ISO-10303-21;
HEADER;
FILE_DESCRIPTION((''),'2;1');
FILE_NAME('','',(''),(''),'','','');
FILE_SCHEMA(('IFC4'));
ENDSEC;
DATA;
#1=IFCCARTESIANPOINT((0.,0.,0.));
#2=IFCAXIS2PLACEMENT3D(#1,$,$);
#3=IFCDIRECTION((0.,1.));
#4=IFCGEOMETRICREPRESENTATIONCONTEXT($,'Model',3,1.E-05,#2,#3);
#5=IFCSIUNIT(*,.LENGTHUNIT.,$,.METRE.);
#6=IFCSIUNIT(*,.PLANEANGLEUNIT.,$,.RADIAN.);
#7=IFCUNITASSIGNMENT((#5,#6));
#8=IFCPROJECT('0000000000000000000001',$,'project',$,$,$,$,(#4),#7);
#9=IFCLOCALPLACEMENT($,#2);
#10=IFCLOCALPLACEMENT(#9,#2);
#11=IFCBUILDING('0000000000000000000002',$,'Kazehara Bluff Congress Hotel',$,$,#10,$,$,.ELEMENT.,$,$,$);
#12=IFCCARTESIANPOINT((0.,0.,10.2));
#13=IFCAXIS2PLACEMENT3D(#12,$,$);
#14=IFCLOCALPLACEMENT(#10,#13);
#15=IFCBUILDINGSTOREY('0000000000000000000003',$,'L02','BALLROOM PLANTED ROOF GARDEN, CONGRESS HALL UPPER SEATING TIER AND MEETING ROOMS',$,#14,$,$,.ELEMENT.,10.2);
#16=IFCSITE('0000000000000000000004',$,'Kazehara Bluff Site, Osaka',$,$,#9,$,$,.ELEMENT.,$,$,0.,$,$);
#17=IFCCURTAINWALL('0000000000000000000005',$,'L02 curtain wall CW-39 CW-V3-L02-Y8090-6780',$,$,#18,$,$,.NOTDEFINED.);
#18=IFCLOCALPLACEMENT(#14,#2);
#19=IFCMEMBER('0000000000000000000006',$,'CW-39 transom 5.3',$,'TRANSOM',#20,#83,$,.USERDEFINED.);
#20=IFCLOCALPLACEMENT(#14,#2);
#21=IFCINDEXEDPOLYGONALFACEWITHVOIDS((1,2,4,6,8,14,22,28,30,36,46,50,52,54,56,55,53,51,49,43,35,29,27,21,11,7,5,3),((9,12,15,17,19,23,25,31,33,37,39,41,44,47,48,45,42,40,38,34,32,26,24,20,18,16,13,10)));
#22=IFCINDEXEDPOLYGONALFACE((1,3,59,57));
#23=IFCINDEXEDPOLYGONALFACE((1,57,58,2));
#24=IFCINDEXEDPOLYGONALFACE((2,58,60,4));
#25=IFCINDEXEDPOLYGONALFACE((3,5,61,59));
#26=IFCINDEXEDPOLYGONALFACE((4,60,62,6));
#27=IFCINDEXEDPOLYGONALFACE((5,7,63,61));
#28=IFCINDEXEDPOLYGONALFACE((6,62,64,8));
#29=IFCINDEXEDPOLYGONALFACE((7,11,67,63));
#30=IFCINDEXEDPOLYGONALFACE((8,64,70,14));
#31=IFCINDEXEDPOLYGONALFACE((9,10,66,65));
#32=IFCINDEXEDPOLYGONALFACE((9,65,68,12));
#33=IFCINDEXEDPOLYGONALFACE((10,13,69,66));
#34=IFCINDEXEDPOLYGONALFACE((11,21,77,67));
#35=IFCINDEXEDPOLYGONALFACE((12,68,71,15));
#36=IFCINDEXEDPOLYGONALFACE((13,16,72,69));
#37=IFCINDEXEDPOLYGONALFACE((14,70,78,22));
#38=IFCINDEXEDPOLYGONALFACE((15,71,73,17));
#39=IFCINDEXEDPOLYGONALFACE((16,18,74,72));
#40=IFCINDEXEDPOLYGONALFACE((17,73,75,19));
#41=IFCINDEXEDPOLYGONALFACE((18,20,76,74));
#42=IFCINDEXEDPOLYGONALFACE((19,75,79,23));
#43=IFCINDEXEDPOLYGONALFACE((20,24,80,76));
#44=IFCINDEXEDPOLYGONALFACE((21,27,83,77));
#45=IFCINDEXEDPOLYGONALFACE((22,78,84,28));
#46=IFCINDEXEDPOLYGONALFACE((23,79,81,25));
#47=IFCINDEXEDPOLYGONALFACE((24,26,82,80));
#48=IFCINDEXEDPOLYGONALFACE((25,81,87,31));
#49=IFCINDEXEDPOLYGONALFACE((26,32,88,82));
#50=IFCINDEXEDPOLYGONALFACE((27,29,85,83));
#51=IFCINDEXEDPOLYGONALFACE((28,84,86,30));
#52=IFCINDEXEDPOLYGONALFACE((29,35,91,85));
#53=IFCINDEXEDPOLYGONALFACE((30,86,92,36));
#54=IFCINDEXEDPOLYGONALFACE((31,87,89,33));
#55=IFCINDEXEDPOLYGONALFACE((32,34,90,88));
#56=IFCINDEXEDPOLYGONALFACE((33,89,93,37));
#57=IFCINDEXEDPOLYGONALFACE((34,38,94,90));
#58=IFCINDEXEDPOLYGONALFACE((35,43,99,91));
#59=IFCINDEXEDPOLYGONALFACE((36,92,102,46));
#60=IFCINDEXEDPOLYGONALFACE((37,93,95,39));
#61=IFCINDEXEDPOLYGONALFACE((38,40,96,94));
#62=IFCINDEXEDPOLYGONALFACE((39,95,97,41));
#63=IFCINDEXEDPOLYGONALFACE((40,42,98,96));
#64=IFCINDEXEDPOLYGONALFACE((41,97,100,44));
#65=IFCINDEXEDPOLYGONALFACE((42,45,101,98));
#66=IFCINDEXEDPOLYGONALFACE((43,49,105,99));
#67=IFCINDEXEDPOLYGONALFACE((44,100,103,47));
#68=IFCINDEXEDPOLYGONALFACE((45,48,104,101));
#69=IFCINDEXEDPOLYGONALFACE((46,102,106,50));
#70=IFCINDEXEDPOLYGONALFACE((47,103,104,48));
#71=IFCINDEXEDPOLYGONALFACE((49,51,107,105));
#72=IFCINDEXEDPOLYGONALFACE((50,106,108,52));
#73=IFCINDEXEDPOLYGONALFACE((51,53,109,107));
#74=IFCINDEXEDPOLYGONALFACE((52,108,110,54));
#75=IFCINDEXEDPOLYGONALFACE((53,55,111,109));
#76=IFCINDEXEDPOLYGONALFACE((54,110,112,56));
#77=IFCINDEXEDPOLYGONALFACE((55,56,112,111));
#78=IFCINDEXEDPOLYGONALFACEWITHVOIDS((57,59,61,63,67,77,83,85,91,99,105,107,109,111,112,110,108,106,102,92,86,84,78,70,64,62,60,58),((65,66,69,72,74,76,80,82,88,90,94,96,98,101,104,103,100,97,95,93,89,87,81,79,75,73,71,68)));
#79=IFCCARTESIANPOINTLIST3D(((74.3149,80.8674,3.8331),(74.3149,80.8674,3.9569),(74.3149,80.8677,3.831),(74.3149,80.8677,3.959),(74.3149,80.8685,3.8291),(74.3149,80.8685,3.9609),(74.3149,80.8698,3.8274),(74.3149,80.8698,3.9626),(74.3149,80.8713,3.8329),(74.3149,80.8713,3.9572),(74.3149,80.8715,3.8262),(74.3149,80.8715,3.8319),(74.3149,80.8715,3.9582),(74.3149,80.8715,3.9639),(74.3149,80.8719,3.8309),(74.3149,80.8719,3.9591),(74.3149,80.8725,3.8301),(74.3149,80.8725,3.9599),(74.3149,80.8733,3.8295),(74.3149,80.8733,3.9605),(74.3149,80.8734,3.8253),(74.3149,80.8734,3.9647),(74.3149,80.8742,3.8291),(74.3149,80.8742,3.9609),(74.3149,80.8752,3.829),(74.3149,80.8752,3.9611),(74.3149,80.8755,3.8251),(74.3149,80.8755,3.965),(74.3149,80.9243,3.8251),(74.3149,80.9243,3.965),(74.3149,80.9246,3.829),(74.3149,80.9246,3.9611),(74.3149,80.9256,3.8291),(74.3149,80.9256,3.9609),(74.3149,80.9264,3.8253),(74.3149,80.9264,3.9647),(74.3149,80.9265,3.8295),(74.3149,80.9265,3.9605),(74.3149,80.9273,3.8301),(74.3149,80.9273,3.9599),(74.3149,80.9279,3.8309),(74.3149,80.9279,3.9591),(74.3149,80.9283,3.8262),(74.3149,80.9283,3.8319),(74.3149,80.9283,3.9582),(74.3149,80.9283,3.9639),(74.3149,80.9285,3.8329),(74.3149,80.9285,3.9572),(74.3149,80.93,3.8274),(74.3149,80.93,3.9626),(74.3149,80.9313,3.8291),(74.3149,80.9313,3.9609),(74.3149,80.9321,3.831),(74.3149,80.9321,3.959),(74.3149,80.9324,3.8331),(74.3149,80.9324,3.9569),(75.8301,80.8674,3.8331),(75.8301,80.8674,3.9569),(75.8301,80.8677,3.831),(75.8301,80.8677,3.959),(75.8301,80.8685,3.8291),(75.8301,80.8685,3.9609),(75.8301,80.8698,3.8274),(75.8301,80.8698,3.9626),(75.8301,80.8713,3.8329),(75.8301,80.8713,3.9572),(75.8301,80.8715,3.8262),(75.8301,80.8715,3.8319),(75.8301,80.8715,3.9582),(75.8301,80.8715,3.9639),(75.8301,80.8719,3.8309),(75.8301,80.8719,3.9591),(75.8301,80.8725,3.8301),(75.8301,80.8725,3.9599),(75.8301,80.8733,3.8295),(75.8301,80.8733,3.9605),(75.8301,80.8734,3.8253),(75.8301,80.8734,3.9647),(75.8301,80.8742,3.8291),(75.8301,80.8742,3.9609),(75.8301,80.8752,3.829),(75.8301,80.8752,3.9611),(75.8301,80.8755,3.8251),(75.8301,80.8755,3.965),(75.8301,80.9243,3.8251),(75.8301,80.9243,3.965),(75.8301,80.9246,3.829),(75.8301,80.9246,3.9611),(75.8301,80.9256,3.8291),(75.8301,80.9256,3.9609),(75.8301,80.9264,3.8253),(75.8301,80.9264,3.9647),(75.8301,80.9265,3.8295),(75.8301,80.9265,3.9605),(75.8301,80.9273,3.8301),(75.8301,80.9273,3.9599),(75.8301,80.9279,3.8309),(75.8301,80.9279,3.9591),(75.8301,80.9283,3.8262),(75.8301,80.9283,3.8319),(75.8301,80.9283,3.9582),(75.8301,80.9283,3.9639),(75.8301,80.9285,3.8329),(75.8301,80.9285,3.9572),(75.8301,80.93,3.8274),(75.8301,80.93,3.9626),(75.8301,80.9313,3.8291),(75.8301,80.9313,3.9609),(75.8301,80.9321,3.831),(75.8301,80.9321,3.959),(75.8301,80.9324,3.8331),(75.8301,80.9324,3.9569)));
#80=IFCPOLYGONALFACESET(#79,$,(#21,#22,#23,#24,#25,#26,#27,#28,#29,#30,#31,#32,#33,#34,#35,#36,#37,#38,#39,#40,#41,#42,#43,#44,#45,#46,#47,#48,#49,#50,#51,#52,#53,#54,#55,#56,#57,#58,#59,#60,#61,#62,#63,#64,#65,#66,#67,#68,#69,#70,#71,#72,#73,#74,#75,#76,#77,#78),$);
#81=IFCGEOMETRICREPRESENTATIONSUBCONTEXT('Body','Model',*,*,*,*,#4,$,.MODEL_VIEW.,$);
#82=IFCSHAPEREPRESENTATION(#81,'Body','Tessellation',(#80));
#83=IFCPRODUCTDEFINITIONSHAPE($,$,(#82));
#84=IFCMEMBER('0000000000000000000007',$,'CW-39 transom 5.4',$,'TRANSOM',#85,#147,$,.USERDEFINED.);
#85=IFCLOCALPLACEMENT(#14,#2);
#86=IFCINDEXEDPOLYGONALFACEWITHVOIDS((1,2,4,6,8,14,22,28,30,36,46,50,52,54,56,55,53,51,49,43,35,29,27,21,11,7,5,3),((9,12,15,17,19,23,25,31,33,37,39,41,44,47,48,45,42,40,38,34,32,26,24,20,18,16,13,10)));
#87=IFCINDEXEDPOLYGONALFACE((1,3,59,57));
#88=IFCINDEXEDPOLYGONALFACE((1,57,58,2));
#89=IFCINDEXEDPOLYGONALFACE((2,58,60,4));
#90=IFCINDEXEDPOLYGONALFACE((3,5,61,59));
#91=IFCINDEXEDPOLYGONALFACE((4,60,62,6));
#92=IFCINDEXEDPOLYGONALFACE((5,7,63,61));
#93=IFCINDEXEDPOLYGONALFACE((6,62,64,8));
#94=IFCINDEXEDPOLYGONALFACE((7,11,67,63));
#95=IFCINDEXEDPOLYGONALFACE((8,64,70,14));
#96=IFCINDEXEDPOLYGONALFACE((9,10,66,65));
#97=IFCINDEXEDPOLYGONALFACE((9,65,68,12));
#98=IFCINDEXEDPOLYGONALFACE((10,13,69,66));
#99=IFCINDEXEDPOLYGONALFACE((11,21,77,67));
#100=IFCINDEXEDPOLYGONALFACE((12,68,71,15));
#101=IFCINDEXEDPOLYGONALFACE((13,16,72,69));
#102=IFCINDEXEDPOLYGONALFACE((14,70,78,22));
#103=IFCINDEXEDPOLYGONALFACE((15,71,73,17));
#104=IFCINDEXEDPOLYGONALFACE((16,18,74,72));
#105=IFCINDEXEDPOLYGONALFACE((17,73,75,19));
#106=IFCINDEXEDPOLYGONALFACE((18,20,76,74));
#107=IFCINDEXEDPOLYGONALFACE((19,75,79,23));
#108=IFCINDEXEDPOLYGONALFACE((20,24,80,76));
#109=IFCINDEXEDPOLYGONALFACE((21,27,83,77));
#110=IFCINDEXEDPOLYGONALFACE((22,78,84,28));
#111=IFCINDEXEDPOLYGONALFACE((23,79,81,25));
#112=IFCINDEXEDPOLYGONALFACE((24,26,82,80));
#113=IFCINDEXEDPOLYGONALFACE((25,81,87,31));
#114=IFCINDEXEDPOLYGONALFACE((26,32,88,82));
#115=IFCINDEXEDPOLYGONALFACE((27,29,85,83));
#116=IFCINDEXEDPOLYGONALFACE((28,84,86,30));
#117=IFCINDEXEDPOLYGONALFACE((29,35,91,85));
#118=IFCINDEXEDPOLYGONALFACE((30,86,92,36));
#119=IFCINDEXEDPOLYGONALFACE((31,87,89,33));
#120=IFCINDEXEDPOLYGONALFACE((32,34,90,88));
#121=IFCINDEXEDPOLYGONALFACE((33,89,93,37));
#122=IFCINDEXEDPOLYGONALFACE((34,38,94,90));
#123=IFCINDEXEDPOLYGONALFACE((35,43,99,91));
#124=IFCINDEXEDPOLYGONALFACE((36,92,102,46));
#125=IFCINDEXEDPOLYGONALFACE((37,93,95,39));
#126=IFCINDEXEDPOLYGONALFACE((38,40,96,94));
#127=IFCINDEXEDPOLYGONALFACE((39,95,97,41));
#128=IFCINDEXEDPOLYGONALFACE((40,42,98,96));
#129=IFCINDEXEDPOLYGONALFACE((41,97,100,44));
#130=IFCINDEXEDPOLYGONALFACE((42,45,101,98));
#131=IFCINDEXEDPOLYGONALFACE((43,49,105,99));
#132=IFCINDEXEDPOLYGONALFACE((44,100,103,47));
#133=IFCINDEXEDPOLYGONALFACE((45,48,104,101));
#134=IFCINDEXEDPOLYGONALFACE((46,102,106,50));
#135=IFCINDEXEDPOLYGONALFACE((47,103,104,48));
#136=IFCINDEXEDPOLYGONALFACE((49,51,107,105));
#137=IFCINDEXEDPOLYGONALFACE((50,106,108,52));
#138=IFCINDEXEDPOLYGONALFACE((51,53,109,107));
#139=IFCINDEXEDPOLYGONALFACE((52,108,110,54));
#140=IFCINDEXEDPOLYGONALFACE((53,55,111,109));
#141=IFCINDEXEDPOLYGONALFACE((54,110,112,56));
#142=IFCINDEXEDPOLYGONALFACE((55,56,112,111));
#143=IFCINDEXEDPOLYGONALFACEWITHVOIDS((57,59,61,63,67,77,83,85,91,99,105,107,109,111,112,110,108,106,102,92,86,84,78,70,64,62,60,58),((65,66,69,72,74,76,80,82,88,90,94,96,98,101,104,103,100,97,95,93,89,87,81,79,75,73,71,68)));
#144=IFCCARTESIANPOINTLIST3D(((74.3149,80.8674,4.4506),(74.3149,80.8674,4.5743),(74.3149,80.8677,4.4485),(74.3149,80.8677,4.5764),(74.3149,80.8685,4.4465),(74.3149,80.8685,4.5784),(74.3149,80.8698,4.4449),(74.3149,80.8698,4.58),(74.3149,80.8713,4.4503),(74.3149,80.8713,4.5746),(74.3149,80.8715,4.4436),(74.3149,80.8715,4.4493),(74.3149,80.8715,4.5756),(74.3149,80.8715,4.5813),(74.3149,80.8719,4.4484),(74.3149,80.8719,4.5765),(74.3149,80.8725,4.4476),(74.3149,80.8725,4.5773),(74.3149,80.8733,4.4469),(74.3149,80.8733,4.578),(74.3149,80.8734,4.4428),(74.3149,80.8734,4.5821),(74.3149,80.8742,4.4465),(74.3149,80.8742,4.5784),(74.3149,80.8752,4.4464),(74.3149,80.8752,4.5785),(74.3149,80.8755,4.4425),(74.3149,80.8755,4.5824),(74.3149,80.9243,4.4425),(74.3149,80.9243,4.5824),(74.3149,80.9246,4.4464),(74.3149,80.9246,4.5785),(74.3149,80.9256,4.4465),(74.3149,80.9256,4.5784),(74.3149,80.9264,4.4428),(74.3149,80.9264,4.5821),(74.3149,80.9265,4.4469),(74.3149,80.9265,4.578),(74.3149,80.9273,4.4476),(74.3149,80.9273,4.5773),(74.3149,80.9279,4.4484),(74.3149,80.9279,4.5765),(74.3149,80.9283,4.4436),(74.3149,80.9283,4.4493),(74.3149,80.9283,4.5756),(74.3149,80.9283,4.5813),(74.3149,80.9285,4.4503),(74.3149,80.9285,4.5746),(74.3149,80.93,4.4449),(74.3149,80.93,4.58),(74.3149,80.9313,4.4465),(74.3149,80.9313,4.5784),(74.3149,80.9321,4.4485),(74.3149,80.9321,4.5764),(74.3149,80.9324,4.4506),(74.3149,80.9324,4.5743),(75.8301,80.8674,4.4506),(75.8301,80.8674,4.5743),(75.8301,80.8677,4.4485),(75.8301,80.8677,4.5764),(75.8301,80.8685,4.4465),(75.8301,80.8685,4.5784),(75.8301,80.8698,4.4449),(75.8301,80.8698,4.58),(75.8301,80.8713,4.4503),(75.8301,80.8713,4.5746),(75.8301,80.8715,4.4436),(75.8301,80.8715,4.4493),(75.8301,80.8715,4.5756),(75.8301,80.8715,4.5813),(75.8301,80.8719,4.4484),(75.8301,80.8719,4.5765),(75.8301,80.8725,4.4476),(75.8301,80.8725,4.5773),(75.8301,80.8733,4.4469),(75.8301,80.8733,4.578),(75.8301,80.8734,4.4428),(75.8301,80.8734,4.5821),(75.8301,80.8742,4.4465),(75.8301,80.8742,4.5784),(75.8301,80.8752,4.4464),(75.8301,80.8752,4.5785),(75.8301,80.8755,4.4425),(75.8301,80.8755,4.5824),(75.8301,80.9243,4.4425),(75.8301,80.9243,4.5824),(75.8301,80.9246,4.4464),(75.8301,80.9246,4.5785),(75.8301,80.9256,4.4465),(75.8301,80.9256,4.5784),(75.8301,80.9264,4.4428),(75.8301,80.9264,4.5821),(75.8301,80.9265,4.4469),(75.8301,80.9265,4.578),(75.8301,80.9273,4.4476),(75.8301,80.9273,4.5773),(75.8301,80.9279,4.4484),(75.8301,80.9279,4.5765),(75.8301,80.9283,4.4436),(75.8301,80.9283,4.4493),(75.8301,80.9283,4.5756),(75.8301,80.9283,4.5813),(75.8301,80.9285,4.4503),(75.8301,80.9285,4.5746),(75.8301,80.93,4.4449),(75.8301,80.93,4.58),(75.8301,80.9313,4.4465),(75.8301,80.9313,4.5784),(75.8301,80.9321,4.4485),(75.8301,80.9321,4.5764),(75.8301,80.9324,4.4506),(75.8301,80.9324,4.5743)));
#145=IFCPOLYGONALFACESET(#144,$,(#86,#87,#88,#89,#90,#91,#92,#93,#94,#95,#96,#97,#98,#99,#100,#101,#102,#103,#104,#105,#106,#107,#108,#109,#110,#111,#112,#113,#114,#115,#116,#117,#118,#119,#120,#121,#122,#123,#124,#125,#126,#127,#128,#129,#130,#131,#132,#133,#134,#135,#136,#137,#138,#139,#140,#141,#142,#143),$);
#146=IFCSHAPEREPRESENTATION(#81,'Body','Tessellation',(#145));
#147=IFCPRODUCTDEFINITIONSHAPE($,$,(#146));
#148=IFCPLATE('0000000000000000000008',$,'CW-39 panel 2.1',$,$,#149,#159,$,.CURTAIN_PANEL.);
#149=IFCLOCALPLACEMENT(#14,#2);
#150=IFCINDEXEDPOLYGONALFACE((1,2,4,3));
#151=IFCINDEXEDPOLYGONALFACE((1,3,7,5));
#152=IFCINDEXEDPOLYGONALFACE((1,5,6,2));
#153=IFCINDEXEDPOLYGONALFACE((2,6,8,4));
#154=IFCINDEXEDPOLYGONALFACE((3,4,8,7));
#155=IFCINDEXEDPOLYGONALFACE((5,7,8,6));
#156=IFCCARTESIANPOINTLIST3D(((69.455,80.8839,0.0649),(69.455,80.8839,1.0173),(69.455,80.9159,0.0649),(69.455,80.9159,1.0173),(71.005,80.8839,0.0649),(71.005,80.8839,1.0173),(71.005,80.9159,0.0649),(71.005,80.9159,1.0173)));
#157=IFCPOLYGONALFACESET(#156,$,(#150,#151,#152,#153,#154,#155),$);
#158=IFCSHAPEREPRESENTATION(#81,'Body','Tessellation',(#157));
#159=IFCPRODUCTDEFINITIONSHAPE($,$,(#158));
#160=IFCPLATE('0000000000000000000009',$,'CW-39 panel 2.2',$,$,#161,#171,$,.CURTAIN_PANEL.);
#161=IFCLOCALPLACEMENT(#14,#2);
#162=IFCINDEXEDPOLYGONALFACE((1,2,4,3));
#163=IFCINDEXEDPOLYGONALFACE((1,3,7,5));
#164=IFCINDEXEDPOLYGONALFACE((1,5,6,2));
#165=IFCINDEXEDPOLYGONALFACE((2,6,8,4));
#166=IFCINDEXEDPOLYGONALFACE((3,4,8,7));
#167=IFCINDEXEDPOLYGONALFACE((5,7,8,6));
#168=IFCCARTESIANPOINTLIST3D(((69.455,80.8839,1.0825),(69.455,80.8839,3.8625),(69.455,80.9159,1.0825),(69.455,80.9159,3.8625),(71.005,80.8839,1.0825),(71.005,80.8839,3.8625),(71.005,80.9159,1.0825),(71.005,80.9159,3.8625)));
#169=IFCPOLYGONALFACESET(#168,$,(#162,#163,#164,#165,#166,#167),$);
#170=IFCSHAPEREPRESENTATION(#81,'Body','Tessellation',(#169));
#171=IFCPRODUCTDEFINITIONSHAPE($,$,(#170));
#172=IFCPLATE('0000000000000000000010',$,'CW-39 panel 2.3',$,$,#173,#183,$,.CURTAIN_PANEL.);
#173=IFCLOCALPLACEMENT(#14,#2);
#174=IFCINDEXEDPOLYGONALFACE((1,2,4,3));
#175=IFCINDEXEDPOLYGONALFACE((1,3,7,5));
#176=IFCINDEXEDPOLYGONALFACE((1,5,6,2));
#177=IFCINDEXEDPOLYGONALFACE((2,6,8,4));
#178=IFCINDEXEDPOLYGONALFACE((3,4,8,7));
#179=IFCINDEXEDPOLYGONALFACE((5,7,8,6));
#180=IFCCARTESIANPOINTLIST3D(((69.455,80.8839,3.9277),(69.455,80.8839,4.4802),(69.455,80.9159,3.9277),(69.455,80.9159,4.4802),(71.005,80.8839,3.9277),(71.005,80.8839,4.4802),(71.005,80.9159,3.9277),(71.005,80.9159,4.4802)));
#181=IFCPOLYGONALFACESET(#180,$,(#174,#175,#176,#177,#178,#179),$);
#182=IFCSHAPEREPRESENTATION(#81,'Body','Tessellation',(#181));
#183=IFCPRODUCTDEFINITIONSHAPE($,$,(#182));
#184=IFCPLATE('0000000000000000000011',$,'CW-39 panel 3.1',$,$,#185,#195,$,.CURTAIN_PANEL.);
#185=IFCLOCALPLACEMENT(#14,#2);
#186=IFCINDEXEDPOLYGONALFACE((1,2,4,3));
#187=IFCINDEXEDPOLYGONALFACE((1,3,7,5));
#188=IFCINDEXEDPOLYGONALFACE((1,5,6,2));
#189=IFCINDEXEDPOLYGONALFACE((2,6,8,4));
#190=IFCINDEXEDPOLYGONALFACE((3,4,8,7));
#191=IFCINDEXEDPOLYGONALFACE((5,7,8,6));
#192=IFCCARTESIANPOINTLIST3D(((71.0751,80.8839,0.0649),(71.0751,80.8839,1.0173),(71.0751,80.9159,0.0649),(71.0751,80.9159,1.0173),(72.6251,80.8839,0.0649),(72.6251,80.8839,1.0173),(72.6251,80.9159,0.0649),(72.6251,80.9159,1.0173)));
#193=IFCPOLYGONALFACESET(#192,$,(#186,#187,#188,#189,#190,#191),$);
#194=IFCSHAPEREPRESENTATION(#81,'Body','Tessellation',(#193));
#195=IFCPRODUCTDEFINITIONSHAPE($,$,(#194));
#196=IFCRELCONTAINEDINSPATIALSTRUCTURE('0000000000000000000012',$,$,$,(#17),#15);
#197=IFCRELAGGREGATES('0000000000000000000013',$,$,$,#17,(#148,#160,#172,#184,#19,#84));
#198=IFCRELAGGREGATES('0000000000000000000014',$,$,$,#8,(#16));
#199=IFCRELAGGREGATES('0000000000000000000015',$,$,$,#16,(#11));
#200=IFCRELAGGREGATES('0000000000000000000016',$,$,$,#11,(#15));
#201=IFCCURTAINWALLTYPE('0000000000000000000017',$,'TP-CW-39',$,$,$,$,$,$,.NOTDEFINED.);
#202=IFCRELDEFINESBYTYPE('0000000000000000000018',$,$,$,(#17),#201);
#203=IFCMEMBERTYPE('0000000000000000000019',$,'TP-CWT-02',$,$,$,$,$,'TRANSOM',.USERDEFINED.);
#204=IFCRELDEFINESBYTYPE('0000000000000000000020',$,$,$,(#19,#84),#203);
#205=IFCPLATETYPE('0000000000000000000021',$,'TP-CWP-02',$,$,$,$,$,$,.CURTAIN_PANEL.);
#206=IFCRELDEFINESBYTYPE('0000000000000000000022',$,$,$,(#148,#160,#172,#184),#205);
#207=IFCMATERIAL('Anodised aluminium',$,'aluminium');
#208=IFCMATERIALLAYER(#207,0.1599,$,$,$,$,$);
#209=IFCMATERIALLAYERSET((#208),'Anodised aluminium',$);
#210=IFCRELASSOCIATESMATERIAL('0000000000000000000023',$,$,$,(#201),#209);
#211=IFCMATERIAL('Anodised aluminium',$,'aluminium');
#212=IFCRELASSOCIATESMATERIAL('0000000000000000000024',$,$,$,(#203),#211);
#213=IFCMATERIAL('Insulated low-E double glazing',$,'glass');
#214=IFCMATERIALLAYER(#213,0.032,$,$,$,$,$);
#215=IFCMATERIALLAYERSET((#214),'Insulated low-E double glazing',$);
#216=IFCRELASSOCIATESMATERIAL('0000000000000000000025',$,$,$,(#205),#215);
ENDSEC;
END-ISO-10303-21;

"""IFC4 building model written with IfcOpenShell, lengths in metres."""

from ifc_helpers import new_model, si_unit, direction, frame, origin, origin_2d, place, context, subcontext, project, spatial, rectangle, hollow_rectangle, extrude, material, layer, layer_set, material_profile, profile_set, type_object, element, aggregate, save


model = new_model("IFC4")

# Units and contexts
model_context = context("Model", 3, precision=1e-05, world=origin(), true_north=direction((0.0, 1.0)))
body_context = subcontext(model_context, "Body", "Model", "MODEL_VIEW")
ifc_project = project(units=[si_unit("LENGTHUNIT", "METRE"), si_unit("PLANEANGLEUNIT", "RADIAN")], contexts=[model_context])

# Site, building, storey
site_placement = place(None, origin())
site = spatial("IfcSite", under=ifc_project, at=site_placement, Name="Kazehara Bluff Site, Osaka", CompositionType="ELEMENT", RefElevation=0.0)
building_placement = place(site_placement, origin())
building = spatial("IfcBuilding", under=site, at=building_placement, Name="Kazehara Bluff Congress Hotel", CompositionType="ELEMENT")
storey_placement = place(building_placement, frame((0.0, 0.0, 10.2)))
storey = spatial("IfcBuildingStorey", under=building, at=storey_placement, Name="L02", Description="BALLROOM PLANTED ROOF GARDEN, CONGRESS HALL UPPER SEATING TIER AND MEETING ROOMS", CompositionType="ELEMENT", Elevation=10.2)

# Curtain wall, members, plates
ifc_material_1 = material(Name="Anodised aluminium", Category="aluminium")
ifc_layer_1 = layer(ifc_material_1, 0.1599)
ifc_layer_set_1 = layer_set([ifc_layer_1], Name="Anodised aluminium")
curtain_wall_type = type_object("IfcCurtainWallType", Name="TP-CW-39", PredefinedType="NOTDEFINED", material=ifc_layer_set_1)
curtain_wall_placement = place(storey_placement, origin())
curtain_wall = element("IfcCurtainWall", 1, at=curtain_wall_placement, inside=storey, type_object=curtain_wall_type, Name="L02 curtain wall CW-39 CW-V3-L02-Y8090-6780", PredefinedType="NOTDEFINED")
ifc_material_2 = material(Name="Anodised aluminium", Category="aluminium")
ifc_material_profile_1 = material_profile(ifc_material_2, hollow_rectangle(XDim=0.0649, YDim=0.1399, WallThickness=0.0039, InnerFilletRadius=0.0039, OuterFilletRadius=0.0081, at=origin_2d()))
ifc_profile_set_1 = profile_set([ifc_material_profile_1], Name="Anodised aluminium")
member_type_1 = type_object("IfcMemberType", Name="TP-CWT-02", ElementType="TRANSOM", PredefinedType="USERDEFINED", material=ifc_profile_set_1)
member_1_placement = place(storey_placement, frame((74.3149, 80.8999, 3.895), z_axis=(1.0, 0.0, 0.0), x_axis=(0.0, 1.0, 0.0)))
member_1 = element("IfcMember", 2, at=member_1_placement, type_object=member_type_1, Name="CW-39 transom 5.3", ObjectType="TRANSOM", PredefinedType="USERDEFINED", context=body_context, shape_type="SweptSolid", body=[
    extrude(hollow_rectangle(XDim=0.0649, YDim=0.1399, WallThickness=0.0039, InnerFilletRadius=0.0039, OuterFilletRadius=0.0081, at=origin_2d()), origin(), (0.0, 0.0, 1.0), 1.5151),
])
member_2_placement = place(storey_placement, frame((74.3149, 80.8999, 4.5125), z_axis=(1.0, 0.0, 0.0), x_axis=(0.0, 1.0, 0.0)))
member_2 = element("IfcMember", 3, at=member_2_placement, type_object=member_type_1, Name="CW-39 transom 5.4", ObjectType="TRANSOM", PredefinedType="USERDEFINED", context=body_context, shape_type="SweptSolid", body=[
    extrude(hollow_rectangle(XDim=0.0649, YDim=0.1399, WallThickness=0.0039, InnerFilletRadius=0.0039, OuterFilletRadius=0.0081, at=origin_2d()), origin(), (0.0, 0.0, 1.0), 1.5151),
])
ifc_material_3 = material(Name="Insulated low-E double glazing", Category="glass")
ifc_layer_2 = layer(ifc_material_3, 0.032)
ifc_layer_set_2 = layer_set([ifc_layer_2], Name="Insulated low-E double glazing")
plate_type = type_object("IfcPlateType", Name="TP-CWP-02", PredefinedType="CURTAIN_PANEL", material=ifc_layer_set_2)
plate_1_placement = place(storey_placement, frame((70.23, 80.8999, 0.0649), z_axis=(0.0, 0.0, 1.0), x_axis=(1.0, 0.0, 0.0)))
plate_1 = element("IfcPlate", 4, at=plate_1_placement, type_object=plate_type, Name="CW-39 panel 2.1", PredefinedType="CURTAIN_PANEL", context=body_context, shape_type="SweptSolid", body=[
    extrude(rectangle(XDim=1.55, YDim=0.032, at=origin_2d()), origin(), (0.0, 0.0, 1.0), 0.9524),
])
plate_2_placement = place(storey_placement, frame((70.23, 80.8999, 1.0825), z_axis=(0.0, 0.0, 1.0), x_axis=(1.0, 0.0, 0.0)))
plate_2 = element("IfcPlate", 5, at=plate_2_placement, type_object=plate_type, Name="CW-39 panel 2.2", PredefinedType="CURTAIN_PANEL", context=body_context, shape_type="SweptSolid", body=[
    extrude(rectangle(XDim=1.55, YDim=0.032, at=origin_2d()), origin(), (0.0, 0.0, 1.0), 2.78),
])
plate_3_placement = place(storey_placement, frame((70.23, 80.8999, 3.9277), z_axis=(0.0, 0.0, 1.0), x_axis=(1.0, 0.0, 0.0)))
plate_3 = element("IfcPlate", 6, at=plate_3_placement, type_object=plate_type, Name="CW-39 panel 2.3", PredefinedType="CURTAIN_PANEL", context=body_context, shape_type="SweptSolid", body=[
    extrude(rectangle(XDim=1.55, YDim=0.032, at=origin_2d()), origin(), (0.0, 0.0, 1.0), 0.5525),
])
plate_4_placement = place(storey_placement, frame((71.8501, 80.8999, 0.0649), z_axis=(0.0, 0.0, 1.0), x_axis=(1.0, 0.0, 0.0)))
plate_4 = element("IfcPlate", 7, at=plate_4_placement, type_object=plate_type, Name="CW-39 panel 3.1", PredefinedType="CURTAIN_PANEL", context=body_context, shape_type="SweptSolid", body=[
    extrude(rectangle(XDim=1.55, YDim=0.032, at=origin_2d()), origin(), (0.0, 0.0, 1.0), 0.9524),
])
aggregate(curtain_wall, [plate_1, plate_2, plate_3, plate_4, member_1, member_2])

save(model, "model.ifc")
